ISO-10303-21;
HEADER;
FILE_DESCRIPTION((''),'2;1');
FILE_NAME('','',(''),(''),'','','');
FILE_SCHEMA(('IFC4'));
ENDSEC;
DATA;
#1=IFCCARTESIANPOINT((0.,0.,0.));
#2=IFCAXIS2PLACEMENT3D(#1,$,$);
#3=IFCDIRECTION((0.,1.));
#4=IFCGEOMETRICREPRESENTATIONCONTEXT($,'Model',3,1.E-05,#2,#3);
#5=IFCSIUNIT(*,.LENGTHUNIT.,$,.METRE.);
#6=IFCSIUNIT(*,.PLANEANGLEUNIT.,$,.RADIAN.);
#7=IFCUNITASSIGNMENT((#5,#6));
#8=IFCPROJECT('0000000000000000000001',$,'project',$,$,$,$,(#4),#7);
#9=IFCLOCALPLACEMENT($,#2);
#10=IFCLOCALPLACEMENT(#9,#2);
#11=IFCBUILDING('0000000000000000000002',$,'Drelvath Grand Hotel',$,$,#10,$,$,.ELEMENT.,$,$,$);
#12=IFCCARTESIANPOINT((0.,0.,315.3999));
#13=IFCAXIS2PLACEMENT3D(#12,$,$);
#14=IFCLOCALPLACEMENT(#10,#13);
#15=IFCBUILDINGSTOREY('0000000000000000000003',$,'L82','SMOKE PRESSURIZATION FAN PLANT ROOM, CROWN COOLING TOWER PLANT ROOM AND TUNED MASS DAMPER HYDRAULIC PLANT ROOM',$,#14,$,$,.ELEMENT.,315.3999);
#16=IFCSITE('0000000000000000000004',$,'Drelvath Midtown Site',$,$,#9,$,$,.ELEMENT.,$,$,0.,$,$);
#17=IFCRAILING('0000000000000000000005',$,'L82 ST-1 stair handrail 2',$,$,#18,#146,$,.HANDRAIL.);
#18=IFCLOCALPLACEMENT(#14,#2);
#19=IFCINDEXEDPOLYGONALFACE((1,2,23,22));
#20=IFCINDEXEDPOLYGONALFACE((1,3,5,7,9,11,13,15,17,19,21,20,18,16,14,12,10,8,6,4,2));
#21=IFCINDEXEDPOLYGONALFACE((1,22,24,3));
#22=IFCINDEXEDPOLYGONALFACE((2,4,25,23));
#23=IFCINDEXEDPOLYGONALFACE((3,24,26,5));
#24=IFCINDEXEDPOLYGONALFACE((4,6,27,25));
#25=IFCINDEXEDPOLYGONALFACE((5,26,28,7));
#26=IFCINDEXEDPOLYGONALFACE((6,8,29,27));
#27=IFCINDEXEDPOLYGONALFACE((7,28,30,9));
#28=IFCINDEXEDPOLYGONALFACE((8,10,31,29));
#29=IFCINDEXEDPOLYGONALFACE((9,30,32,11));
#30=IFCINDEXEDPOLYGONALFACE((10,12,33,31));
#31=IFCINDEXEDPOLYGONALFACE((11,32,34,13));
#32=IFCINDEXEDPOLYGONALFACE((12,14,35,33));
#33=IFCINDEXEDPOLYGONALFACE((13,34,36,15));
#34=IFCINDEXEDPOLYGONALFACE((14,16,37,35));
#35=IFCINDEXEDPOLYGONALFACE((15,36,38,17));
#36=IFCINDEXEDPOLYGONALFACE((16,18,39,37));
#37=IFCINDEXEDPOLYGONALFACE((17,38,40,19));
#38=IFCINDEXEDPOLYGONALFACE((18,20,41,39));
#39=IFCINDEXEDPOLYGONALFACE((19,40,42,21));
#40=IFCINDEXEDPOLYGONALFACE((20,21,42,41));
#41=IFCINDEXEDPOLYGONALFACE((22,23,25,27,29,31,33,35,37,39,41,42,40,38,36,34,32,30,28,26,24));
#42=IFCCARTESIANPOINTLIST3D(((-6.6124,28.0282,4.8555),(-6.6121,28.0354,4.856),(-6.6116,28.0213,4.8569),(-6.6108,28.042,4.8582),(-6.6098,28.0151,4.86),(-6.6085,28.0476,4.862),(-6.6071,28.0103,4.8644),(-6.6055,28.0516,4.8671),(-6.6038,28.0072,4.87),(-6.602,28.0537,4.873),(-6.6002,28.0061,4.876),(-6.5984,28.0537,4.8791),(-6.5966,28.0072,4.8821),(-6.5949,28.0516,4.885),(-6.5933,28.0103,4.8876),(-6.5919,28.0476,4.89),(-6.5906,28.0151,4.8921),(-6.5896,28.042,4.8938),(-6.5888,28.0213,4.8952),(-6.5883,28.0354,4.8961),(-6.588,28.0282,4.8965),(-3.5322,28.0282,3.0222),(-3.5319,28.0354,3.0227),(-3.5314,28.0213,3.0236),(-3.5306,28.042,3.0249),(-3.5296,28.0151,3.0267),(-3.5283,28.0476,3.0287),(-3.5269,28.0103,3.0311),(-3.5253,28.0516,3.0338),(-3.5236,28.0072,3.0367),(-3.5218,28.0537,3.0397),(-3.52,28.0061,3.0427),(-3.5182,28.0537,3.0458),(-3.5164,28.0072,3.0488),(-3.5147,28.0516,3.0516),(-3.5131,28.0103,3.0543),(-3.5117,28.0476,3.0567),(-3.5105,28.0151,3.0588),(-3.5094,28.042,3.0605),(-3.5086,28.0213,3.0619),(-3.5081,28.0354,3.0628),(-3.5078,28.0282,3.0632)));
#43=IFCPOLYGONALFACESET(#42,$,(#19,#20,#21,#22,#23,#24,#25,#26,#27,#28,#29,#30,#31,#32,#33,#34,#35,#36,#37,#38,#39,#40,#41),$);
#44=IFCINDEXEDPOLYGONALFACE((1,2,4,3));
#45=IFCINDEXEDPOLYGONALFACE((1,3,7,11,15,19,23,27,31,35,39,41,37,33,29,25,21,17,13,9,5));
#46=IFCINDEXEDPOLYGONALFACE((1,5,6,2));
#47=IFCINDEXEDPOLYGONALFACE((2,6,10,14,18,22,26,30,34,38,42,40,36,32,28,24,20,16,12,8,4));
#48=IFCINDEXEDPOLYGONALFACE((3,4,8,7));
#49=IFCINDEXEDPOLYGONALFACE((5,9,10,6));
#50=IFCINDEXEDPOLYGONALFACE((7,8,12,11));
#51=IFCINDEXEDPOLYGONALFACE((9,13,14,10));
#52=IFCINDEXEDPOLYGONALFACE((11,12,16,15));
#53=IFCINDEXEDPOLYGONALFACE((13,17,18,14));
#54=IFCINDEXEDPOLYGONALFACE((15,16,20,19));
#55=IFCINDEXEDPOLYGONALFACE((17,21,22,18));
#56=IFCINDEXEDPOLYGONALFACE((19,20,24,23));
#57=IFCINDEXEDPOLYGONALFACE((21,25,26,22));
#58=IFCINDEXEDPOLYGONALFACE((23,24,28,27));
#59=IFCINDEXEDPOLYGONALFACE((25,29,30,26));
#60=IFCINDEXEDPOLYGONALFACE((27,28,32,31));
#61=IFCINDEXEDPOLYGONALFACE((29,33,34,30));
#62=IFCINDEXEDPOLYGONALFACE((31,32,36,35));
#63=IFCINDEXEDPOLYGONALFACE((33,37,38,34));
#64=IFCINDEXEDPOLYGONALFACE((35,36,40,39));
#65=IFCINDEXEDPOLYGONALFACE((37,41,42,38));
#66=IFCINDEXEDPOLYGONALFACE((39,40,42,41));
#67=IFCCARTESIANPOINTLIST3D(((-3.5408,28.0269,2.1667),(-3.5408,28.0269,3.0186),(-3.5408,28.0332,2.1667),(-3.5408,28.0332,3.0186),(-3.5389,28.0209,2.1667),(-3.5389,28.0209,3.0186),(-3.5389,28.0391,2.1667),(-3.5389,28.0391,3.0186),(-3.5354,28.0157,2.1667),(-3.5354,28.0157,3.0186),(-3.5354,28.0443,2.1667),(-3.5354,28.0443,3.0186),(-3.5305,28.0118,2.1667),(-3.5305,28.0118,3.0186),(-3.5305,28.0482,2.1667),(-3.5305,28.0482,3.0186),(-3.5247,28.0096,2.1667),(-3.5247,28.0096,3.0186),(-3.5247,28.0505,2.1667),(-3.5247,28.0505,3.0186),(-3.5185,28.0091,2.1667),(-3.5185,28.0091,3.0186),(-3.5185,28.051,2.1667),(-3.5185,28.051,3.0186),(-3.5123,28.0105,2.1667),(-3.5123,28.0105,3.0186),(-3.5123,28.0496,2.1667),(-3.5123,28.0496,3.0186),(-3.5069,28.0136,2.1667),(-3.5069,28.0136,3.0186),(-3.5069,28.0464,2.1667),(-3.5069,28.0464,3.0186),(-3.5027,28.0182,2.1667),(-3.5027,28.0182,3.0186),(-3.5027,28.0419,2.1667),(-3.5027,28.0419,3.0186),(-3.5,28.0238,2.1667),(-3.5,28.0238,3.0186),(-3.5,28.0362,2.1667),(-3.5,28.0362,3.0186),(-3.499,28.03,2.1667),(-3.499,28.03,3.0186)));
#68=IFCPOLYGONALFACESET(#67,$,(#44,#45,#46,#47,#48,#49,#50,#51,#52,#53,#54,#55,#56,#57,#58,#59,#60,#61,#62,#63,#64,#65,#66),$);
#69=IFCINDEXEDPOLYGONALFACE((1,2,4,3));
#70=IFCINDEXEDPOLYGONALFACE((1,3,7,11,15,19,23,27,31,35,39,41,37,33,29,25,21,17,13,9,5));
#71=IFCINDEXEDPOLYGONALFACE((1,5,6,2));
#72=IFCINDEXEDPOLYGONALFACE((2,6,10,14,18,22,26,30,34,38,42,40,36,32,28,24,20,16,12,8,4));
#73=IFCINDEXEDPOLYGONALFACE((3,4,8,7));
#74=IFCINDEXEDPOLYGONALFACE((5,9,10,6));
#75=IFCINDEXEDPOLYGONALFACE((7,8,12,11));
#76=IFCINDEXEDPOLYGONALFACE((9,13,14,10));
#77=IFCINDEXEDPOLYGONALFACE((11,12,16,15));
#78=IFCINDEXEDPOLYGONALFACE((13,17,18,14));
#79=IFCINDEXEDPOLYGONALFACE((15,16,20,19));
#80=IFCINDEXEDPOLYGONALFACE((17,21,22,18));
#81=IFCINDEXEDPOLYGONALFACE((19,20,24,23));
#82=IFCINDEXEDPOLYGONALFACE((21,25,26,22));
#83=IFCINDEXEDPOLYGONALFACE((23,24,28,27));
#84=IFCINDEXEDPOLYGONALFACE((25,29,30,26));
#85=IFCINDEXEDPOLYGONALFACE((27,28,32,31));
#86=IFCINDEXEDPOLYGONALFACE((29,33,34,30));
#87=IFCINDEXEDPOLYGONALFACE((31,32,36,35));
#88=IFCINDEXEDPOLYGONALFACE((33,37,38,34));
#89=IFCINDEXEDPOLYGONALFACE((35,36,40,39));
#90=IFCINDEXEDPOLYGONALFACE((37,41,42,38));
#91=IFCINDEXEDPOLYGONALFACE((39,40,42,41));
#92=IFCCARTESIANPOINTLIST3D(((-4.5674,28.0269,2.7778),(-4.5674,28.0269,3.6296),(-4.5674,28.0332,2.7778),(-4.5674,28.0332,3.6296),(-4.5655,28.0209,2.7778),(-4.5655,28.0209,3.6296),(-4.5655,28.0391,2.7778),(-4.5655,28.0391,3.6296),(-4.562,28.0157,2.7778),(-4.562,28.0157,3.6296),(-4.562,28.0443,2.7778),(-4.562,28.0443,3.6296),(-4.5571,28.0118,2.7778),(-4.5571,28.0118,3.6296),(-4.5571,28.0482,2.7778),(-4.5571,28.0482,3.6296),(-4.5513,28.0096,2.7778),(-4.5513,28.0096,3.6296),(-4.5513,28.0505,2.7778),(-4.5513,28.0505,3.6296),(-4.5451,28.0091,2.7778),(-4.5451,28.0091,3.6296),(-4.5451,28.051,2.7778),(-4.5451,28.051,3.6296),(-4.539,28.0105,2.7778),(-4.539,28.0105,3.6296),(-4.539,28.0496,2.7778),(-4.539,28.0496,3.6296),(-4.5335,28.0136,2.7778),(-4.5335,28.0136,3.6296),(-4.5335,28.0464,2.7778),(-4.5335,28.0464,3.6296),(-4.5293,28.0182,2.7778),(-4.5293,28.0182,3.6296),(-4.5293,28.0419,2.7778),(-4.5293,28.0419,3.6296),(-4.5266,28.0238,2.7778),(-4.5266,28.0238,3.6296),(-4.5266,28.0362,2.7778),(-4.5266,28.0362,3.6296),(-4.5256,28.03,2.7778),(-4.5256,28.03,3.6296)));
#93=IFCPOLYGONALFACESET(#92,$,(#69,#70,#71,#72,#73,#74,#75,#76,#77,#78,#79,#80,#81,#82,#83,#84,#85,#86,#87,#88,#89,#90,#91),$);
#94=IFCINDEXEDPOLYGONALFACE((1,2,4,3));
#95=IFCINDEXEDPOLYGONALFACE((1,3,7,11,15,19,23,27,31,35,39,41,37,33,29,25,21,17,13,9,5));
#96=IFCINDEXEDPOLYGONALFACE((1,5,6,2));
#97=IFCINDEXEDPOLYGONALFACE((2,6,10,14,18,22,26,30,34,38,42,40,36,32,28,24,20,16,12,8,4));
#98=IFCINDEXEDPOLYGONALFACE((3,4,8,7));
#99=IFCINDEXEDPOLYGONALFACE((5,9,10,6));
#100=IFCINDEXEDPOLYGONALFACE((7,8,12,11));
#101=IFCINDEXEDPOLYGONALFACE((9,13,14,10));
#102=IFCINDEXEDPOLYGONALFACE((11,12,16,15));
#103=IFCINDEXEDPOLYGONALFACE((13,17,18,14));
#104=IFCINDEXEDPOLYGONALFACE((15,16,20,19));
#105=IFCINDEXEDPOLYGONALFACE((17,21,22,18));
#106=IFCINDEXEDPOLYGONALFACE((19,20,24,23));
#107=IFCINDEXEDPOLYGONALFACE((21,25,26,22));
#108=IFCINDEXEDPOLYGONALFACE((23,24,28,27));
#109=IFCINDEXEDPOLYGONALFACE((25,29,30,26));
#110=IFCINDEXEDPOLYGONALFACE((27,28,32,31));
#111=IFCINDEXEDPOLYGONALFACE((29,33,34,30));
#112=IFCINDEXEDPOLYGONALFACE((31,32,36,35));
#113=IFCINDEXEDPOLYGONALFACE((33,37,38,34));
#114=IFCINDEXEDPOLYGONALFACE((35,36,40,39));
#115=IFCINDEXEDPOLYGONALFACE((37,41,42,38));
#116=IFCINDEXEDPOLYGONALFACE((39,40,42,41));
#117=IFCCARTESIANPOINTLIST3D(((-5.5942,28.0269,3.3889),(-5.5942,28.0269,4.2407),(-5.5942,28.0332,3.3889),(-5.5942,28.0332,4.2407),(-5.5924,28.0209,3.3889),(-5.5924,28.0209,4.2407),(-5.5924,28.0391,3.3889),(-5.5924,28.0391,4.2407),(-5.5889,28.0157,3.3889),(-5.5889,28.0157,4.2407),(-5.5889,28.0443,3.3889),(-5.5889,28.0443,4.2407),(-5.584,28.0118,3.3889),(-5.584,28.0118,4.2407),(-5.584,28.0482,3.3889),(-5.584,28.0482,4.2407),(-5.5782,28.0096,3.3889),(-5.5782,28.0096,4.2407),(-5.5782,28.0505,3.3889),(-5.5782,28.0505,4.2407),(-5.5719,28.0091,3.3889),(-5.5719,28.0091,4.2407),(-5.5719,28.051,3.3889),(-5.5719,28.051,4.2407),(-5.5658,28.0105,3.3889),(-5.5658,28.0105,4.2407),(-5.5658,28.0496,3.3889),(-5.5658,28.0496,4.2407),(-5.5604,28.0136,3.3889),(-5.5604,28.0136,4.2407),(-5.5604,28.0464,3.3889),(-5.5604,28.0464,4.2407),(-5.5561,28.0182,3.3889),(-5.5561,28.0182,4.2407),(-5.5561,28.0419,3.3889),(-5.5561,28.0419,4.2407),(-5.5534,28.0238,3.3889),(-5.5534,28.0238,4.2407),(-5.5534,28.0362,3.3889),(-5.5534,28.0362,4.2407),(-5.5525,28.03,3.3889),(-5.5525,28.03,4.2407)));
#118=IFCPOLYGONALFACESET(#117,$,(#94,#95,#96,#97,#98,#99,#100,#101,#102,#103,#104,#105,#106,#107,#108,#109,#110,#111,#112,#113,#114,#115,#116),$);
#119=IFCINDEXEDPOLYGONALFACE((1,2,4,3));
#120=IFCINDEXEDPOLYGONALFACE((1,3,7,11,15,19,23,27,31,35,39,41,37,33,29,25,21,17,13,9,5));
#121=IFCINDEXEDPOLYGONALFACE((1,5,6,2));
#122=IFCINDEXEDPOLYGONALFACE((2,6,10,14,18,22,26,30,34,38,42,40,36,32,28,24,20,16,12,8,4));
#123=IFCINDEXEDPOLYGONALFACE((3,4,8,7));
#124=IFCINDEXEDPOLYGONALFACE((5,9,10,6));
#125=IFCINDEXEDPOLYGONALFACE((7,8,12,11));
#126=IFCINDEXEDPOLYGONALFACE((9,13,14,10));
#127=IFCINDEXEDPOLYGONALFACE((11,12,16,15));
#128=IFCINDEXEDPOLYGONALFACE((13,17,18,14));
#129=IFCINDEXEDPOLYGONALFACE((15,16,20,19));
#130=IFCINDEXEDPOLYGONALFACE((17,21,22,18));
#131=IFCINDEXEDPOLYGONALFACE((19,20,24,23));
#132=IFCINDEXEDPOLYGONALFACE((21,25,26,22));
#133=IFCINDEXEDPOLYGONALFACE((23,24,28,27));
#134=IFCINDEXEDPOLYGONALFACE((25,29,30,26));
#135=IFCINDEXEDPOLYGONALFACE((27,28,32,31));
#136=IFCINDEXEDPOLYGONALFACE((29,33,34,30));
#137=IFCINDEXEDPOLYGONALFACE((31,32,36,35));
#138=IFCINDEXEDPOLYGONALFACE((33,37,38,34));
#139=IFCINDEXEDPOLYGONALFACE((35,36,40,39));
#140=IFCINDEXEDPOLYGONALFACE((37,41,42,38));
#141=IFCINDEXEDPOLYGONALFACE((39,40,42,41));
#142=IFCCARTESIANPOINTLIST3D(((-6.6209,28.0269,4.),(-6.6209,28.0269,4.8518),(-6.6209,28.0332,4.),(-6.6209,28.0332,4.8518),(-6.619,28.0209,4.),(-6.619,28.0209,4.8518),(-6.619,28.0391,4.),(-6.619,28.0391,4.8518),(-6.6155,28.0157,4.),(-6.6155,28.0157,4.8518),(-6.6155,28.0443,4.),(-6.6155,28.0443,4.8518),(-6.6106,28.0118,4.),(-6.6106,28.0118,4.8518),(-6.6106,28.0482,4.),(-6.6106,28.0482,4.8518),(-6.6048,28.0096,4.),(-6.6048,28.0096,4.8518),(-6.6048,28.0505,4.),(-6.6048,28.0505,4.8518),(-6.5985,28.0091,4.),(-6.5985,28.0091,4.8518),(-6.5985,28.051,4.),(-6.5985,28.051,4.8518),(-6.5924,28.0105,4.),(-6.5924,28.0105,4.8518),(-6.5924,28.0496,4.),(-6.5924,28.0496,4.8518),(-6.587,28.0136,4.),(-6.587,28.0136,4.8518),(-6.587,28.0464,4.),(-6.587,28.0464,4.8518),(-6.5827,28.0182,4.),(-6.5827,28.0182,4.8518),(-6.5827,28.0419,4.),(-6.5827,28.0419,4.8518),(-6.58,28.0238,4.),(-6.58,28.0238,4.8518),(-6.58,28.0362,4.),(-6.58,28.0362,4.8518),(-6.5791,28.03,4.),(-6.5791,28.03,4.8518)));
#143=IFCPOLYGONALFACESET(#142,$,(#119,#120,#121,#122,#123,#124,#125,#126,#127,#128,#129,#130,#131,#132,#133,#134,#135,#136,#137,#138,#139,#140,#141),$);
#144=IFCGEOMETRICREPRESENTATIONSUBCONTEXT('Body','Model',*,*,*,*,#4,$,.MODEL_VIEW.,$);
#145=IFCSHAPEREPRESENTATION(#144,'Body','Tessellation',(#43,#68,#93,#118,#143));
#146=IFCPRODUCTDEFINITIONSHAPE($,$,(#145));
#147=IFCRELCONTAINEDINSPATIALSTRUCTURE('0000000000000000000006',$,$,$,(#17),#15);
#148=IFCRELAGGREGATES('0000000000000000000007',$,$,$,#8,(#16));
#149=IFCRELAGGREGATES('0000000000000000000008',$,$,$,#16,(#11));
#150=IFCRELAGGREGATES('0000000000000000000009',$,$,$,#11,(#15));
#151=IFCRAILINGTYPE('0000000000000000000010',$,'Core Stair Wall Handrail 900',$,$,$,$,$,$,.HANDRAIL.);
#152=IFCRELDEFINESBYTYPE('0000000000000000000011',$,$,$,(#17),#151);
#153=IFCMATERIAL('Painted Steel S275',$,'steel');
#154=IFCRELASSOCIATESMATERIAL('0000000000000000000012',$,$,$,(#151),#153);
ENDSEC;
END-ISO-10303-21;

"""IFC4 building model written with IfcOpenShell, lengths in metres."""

from ifc_helpers import new_model, si_unit, direction, frame, origin, origin_2d, place, context, subcontext, project, spatial, circle, extrude, material, type_object, element, save


model = new_model("IFC4")

# Units and contexts
model_context = context("Model", 3, precision=1e-05, world=origin(), true_north=direction((0.0, 1.0)))
body_context = subcontext(model_context, "Body", "Model", "MODEL_VIEW")
ifc_project = project(units=[si_unit("LENGTHUNIT", "METRE"), si_unit("PLANEANGLEUNIT", "RADIAN")], contexts=[model_context])

# Site, building, storey
site_placement = place(None, origin())
site = spatial("IfcSite", under=ifc_project, at=site_placement, Name="Drelvath Midtown Site", CompositionType="ELEMENT", RefElevation=0.0)
building_placement = place(site_placement, origin())
building = spatial("IfcBuilding", under=site, at=building_placement, Name="Drelvath Grand Hotel", CompositionType="ELEMENT")
storey_placement = place(building_placement, frame((0.0, 0.0, 315.3999)))
storey = spatial("IfcBuildingStorey", under=building, at=storey_placement, Name="L82", Description="SMOKE PRESSURIZATION FAN PLANT ROOM, CROWN COOLING TOWER PLANT ROOM AND TUNED MASS DAMPER HYDRAULIC PLANT ROOM", CompositionType="ELEMENT", Elevation=315.3999)

# Shared definitions
ifc_material_1 = material(Name="Painted Steel S275", Category="steel")

# Railing
railing_type_1 = type_object("IfcRailingType", Name="Core Stair Wall Handrail 900", PredefinedType="HANDRAIL", material=ifc_material_1)
railing_1_placement = place(storey_placement, frame((-3.52, 28.03, 2.1667)))
element("IfcRailing", 1, at=railing_1_placement, inside=storey, type_object=railing_type_1, Name="L82 ST-1 stair handrail 2", PredefinedType="HANDRAIL", context=body_context, shape_type="SweptSolid", body=[
    extrude(circle(Radius=0.0239, at=origin_2d()), frame((0.0, 0.0, 0.876), z_axis=(-0.859309, 0.0, 0.511458), x_axis=(0.0, -1.0, 0.0)), (0.0, 0.0, 1.0), 3.5845),
    extrude(circle(Radius=0.021, at=origin_2d()), origin(), (0.0, 0.0, 1.0), 0.8518),
    extrude(circle(Radius=0.021, at=origin_2d()), frame((-1.0266, 0.0, 0.6111)), (0.0, 0.0, 1.0), 0.8518),
    extrude(circle(Radius=0.021, at=origin_2d()), frame((-2.0535, 0.0, 1.2222)), (0.0, 0.0, 1.0), 0.8518),
    extrude(circle(Radius=0.021, at=origin_2d()), frame((-3.0801, 0.0, 1.8333)), (0.0, 0.0, 1.0), 0.8518),
])

save(model, "model.ifc")
